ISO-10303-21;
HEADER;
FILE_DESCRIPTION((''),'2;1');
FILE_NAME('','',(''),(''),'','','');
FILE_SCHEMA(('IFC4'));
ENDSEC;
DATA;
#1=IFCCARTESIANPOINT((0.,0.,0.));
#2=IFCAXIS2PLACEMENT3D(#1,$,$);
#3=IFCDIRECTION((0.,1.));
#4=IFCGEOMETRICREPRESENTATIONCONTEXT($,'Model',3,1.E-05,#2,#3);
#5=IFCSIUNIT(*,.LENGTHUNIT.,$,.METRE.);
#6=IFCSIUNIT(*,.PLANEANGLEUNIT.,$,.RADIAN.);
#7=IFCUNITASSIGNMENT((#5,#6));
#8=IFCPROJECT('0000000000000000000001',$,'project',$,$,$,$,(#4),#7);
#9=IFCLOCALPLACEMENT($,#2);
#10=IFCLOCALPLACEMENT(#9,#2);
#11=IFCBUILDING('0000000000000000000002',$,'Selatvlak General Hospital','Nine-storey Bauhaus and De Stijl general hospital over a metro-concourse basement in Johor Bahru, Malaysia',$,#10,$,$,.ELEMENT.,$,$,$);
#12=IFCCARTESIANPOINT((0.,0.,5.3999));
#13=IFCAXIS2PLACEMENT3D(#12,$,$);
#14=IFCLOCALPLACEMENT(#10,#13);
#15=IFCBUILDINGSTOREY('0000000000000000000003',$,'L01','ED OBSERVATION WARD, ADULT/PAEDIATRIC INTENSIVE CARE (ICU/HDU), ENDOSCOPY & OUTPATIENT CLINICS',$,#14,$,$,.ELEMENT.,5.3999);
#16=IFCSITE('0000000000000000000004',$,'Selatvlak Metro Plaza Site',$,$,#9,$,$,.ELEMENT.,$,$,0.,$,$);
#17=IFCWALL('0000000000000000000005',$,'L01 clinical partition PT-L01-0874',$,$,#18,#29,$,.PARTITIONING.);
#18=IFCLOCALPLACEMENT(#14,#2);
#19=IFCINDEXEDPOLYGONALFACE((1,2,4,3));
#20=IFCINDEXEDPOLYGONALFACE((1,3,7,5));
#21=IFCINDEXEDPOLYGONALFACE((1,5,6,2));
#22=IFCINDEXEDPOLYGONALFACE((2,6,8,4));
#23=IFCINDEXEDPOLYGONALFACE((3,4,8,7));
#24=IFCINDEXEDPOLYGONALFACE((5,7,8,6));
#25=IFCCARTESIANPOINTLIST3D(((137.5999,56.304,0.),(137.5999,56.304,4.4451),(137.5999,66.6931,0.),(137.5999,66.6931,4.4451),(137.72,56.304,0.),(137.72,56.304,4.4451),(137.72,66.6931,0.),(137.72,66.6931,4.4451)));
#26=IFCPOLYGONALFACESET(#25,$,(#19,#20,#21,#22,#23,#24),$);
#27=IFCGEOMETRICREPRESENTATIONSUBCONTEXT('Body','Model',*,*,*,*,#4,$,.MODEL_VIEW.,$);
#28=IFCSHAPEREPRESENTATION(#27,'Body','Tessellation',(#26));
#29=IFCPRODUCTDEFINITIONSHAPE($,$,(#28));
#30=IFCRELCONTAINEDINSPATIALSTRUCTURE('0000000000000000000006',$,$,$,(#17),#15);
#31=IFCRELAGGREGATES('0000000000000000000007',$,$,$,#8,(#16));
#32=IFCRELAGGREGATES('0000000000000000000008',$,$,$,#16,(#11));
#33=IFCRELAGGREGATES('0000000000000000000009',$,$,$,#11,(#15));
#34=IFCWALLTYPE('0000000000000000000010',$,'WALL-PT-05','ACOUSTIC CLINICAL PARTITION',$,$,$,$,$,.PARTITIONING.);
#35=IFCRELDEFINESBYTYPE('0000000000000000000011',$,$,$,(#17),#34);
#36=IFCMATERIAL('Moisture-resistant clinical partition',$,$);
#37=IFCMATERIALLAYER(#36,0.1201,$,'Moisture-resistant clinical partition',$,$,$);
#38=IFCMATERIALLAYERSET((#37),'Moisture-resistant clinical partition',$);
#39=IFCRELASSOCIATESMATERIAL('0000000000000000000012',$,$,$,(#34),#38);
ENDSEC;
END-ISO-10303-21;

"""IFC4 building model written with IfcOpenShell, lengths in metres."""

from ifc_helpers import new_model, si_unit, direction, frame, frame_2d, origin, place, context, subcontext, project, spatial, rectangle, extrude, material, layer, layer_set, type_object, element, save


model = new_model("IFC4")

# Units and contexts
model_context = context("Model", 3, precision=1e-05, world=origin(), true_north=direction((0.0, 1.0)))
body_context = subcontext(model_context, "Body", "Model", "MODEL_VIEW")
ifc_project = project(units=[si_unit("LENGTHUNIT", "METRE"), si_unit("PLANEANGLEUNIT", "RADIAN")], contexts=[model_context])

# Site, building, storey
site_placement = place(None, origin())
site = spatial("IfcSite", under=ifc_project, at=site_placement, Name="Selatvlak Metro Plaza Site", CompositionType="ELEMENT", RefElevation=0.0)
building_placement = place(site_placement, origin())
building = spatial("IfcBuilding", under=site, at=building_placement, Name="Selatvlak General Hospital", Description="Nine-storey Bauhaus and De Stijl general hospital over a metro-concourse basement in Johor Bahru, Malaysia", CompositionType="ELEMENT")
storey_placement = place(building_placement, frame((0.0, 0.0, 5.3999)))
storey = spatial("IfcBuildingStorey", under=building, at=storey_placement, Name="L01", Description="ED OBSERVATION WARD, ADULT/PAEDIATRIC INTENSIVE CARE (ICU/HDU), ENDOSCOPY & OUTPATIENT CLINICS", CompositionType="ELEMENT", Elevation=5.3999)

# Shared definitions
ifc_material_1 = material(Name="Moisture-resistant clinical partition")

# Wall
ifc_layer_1 = layer(ifc_material_1, 0.1201, Name="Moisture-resistant clinical partition")
ifc_layer_set_1 = layer_set([ifc_layer_1], Name="Moisture-resistant clinical partition")
wall_type_1 = type_object("IfcWallType", Name="WALL-PT-05", Description="ACOUSTIC CLINICAL PARTITION", PredefinedType="PARTITIONING", material=ifc_layer_set_1)
wall_1_placement = place(storey_placement, frame((137.6599, 56.304, 0.0), z_axis=(0.0, 0.0, 1.0), x_axis=(0.0, 1.0, 0.0)))
element("IfcWall", 1, at=wall_1_placement, inside=storey, type_object=wall_type_1, Name="L01 clinical partition PT-L01-0874", PredefinedType="PARTITIONING", context=body_context, shape_type="SweptSolid", body=[
    extrude(rectangle(XDim=10.3892, YDim=0.1201, at=frame_2d((5.1946, 0.0))), origin(), (0.0, 0.0, 1.0), 4.4451),
])

save(model, "model.ifc")
